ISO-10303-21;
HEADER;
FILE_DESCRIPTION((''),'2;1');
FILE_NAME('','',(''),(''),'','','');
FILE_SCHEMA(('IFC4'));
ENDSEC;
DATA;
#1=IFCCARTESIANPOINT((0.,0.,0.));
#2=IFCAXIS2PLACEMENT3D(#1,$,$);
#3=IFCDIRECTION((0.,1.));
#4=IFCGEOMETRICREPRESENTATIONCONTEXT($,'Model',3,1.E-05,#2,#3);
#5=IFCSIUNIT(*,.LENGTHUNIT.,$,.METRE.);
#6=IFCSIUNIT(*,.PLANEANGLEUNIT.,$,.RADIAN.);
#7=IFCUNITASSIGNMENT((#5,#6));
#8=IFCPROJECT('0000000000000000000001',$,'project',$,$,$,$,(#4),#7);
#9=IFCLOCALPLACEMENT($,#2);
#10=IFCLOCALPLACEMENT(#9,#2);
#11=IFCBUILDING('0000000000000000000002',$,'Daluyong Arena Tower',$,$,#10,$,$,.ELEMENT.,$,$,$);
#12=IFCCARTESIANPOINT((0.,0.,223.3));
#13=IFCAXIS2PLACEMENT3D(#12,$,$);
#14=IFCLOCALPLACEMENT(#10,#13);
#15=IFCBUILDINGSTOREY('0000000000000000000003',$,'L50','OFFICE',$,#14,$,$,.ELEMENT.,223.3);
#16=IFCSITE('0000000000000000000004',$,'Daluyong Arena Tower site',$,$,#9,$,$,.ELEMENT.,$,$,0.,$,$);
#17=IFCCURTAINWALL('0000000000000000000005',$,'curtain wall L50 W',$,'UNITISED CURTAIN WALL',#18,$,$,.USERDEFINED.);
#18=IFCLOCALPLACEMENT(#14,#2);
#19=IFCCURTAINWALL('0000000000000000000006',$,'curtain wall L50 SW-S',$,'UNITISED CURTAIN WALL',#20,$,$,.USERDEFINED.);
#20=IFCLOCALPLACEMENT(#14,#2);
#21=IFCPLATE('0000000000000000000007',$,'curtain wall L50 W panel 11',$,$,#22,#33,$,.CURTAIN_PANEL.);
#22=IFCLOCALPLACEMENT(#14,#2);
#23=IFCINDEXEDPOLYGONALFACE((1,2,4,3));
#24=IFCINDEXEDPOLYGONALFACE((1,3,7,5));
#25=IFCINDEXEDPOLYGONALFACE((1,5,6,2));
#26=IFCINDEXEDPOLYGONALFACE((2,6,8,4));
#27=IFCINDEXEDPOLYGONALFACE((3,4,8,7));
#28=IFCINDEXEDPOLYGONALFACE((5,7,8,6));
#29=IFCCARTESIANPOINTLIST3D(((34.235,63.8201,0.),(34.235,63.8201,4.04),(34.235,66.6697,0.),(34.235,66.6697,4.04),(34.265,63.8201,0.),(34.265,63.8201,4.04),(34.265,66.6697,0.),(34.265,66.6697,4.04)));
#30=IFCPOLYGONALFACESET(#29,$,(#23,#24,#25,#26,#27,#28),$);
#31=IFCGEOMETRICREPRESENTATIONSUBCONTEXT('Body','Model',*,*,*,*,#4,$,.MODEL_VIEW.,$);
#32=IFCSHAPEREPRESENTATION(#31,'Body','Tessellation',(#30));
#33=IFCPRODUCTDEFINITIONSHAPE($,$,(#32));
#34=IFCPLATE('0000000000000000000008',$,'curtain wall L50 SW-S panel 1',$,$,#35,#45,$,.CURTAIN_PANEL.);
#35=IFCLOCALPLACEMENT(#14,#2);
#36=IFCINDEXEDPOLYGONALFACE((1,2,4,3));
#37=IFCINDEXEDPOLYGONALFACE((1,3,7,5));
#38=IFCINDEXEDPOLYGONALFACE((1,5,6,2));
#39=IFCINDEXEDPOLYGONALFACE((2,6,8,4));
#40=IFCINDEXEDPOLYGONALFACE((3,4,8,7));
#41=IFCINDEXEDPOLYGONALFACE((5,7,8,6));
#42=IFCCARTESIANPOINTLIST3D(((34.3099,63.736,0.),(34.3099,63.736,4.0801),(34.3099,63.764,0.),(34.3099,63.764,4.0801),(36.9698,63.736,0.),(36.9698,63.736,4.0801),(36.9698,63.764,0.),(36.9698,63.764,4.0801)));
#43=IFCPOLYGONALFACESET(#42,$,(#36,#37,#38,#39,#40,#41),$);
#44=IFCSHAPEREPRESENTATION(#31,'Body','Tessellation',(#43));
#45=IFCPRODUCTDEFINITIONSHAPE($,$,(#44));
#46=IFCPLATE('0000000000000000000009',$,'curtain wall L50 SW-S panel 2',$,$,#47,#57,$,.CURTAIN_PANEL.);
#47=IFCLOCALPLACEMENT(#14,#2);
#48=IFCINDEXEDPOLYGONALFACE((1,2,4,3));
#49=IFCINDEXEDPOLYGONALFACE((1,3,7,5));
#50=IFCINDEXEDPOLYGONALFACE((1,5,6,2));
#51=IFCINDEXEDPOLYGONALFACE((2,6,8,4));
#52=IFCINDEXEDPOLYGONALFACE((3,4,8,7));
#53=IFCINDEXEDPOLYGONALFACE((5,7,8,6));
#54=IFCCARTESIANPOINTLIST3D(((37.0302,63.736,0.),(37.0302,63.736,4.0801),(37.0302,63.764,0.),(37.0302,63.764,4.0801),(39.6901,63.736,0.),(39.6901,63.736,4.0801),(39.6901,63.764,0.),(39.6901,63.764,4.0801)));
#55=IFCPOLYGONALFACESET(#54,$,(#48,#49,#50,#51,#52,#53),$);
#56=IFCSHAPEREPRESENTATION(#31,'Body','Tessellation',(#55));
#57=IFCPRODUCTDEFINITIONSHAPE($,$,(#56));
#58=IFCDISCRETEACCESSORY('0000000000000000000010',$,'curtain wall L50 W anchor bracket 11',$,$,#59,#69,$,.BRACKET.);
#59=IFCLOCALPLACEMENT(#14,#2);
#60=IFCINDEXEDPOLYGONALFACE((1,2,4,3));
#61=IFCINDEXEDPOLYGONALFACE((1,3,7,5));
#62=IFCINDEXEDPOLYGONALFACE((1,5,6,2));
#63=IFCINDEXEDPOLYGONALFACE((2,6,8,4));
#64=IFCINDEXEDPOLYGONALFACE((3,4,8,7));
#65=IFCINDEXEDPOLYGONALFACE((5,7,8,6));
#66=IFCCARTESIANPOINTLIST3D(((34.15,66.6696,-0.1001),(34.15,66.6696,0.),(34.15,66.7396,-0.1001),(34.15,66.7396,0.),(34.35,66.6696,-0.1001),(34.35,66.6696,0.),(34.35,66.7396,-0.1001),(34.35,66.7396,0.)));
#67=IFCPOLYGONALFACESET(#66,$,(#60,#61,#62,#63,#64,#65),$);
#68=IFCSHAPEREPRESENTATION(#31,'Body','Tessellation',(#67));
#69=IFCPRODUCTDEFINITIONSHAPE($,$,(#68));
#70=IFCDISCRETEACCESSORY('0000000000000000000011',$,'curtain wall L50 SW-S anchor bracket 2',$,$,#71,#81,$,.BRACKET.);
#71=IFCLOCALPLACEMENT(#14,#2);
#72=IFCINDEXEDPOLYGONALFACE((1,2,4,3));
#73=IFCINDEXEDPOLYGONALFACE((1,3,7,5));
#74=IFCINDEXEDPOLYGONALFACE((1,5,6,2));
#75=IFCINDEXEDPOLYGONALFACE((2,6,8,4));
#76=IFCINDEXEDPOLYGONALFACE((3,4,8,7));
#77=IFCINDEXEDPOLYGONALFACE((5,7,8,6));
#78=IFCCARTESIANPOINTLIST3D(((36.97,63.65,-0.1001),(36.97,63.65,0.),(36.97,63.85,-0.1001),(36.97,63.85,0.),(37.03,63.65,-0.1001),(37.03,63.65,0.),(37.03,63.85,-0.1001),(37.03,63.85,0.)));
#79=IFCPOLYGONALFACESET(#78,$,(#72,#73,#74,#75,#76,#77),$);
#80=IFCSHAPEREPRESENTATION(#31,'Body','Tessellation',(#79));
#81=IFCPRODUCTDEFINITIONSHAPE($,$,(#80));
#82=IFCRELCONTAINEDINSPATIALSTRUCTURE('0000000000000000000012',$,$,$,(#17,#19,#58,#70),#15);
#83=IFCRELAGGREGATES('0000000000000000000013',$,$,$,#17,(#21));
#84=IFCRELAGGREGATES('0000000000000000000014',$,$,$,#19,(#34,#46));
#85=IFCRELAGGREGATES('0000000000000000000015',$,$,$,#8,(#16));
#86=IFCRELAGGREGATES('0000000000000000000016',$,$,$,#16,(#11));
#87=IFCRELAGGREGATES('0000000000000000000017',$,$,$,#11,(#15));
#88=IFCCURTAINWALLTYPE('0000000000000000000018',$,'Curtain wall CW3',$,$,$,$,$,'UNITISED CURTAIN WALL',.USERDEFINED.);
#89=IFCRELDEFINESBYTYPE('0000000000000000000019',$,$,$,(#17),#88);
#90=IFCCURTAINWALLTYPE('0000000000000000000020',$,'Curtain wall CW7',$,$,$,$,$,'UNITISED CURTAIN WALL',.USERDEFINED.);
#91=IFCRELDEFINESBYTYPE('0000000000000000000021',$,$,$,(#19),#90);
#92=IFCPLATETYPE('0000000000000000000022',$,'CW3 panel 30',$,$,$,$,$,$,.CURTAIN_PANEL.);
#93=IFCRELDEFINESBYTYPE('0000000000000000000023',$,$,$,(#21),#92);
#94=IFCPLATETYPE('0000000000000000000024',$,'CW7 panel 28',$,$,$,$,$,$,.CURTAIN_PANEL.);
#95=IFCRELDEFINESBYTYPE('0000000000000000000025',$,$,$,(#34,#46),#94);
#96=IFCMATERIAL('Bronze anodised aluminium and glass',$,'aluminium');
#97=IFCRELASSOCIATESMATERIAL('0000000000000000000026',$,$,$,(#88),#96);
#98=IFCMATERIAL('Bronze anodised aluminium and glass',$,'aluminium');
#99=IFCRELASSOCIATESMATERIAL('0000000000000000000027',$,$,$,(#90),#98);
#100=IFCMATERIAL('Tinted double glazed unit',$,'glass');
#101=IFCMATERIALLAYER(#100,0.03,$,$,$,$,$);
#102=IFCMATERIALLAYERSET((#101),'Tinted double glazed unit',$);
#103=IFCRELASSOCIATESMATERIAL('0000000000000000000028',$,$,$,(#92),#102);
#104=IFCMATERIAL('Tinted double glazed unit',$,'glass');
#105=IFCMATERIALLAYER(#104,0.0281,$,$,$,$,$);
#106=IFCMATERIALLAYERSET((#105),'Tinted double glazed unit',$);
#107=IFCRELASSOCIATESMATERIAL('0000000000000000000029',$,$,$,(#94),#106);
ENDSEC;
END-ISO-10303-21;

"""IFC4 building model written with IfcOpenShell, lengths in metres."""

from ifc_helpers import new_model, si_unit, direction, frame, origin, origin_2d, place, context, subcontext, project, spatial, rectangle, extrude, material, layer, layer_set, type_object, element, aggregate, save


model = new_model("IFC4")

# Units and contexts
model_context = context("Model", 3, precision=1e-05, world=origin(), true_north=direction((0.0, 1.0)))
body_context = subcontext(model_context, "Body", "Model", "MODEL_VIEW")
ifc_project = project(units=[si_unit("LENGTHUNIT", "METRE"), si_unit("PLANEANGLEUNIT", "RADIAN")], contexts=[model_context])

# Site, building, storey
site_placement = place(None, origin())
site = spatial("IfcSite", under=ifc_project, at=site_placement, Name="Daluyong Arena Tower site", CompositionType="ELEMENT", RefElevation=0.0)
building_placement = place(site_placement, origin())
building = spatial("IfcBuilding", under=site, at=building_placement, Name="Daluyong Arena Tower", CompositionType="ELEMENT")
storey_placement = place(building_placement, frame((0.0, 0.0, 223.3)))
storey = spatial("IfcBuildingStorey", under=building, at=storey_placement, Name="L50", Description="OFFICE", CompositionType="ELEMENT", Elevation=223.3)

# Curtain walls
ifc_material_1 = material(Name="Bronze anodised aluminium and glass", Category="aluminium")
curtain_wall_type_1 = type_object("IfcCurtainWallType", Name="Curtain wall CW3", ElementType="UNITISED CURTAIN WALL", PredefinedType="USERDEFINED", material=ifc_material_1)
curtain_wall_1_placement = place(storey_placement, origin())
curtain_wall_1 = element("IfcCurtainWall", 1, at=curtain_wall_1_placement, inside=storey, type_object=curtain_wall_type_1, Name="curtain wall L50 W", ObjectType="UNITISED CURTAIN WALL", PredefinedType="USERDEFINED")
ifc_material_2 = material(Name="Bronze anodised aluminium and glass", Category="aluminium")
curtain_wall_type_2 = type_object("IfcCurtainWallType", Name="Curtain wall CW7", ElementType="UNITISED CURTAIN WALL", PredefinedType="USERDEFINED", material=ifc_material_2)
curtain_wall_2_placement = place(storey_placement, origin())
curtain_wall_2 = element("IfcCurtainWall", 2, at=curtain_wall_2_placement, inside=storey, type_object=curtain_wall_type_2, Name="curtain wall L50 SW-S", ObjectType="UNITISED CURTAIN WALL", PredefinedType="USERDEFINED")

# Plates
ifc_material_3 = material(Name="Tinted double glazed unit", Category="glass")
ifc_layer_1 = layer(ifc_material_3, 0.03)
ifc_layer_set_1 = layer_set([ifc_layer_1], Name="Tinted double glazed unit")
plate_type_1 = type_object("IfcPlateType", Name="CW3 panel 30", PredefinedType="CURTAIN_PANEL", material=ifc_layer_set_1)
plate_1_placement = place(storey_placement, frame((34.25, 65.2449, 0.0), z_axis=(0.0, 0.0, 1.0), x_axis=(0.0, -1.0, 0.0)))
plate_1 = element("IfcPlate", 3, at=plate_1_placement, type_object=plate_type_1, Name="curtain wall L50 W panel 11", PredefinedType="CURTAIN_PANEL", context=body_context, shape_type="SweptSolid", body=[
    extrude(rectangle(XDim=2.8496, YDim=0.03, at=origin_2d()), origin(), (0.0, 0.0, 1.0), 4.04),
])
aggregate(curtain_wall_1, [plate_1])
ifc_material_4 = material(Name="Tinted double glazed unit", Category="glass")
ifc_layer_2 = layer(ifc_material_4, 0.0281)
ifc_layer_set_2 = layer_set([ifc_layer_2], Name="Tinted double glazed unit")
plate_type_2 = type_object("IfcPlateType", Name="CW7 panel 28", PredefinedType="CURTAIN_PANEL", material=ifc_layer_set_2)
plate_2_placement = place(storey_placement, frame((35.6399, 63.75, 0.0), z_axis=(0.0, 0.0, 1.0), x_axis=(1.0, 0.0, 0.0)))
plate_2 = element("IfcPlate", 4, at=plate_2_placement, type_object=plate_type_2, Name="curtain wall L50 SW-S panel 1", PredefinedType="CURTAIN_PANEL", context=body_context, shape_type="SweptSolid", body=[
    extrude(rectangle(XDim=2.6599, YDim=0.0281, at=origin_2d()), origin(), (0.0, 0.0, 1.0), 4.0801),
])
plate_3_placement = place(storey_placement, frame((38.3601, 63.75, 0.0), z_axis=(0.0, 0.0, 1.0), x_axis=(1.0, 0.0, 0.0)))
plate_3 = element("IfcPlate", 5, at=plate_3_placement, type_object=plate_type_2, Name="curtain wall L50 SW-S panel 2", PredefinedType="CURTAIN_PANEL", context=body_context, shape_type="SweptSolid", body=[
    extrude(rectangle(XDim=2.6599, YDim=0.0281, at=origin_2d()), origin(), (0.0, 0.0, 1.0), 4.0801),
])
aggregate(curtain_wall_2, [plate_2, plate_3])

# Discrete accessories
discrete_accessory_1_placement = place(storey_placement, frame((34.25, 66.7046, -0.1001), z_axis=(0.0, 0.0, 1.0), x_axis=(0.0, -1.0, 0.0)))
element("IfcDiscreteAccessory", 6, at=discrete_accessory_1_placement, inside=storey, Name="curtain wall L50 W anchor bracket 11", PredefinedType="BRACKET", context=body_context, shape_type="SweptSolid", body=[
    extrude(rectangle(XDim=0.0701, YDim=0.2, at=origin_2d()), origin(), (0.0, 0.0, 1.0), 0.1001),
])
discrete_accessory_2_placement = place(storey_placement, frame((37.0, 63.75, -0.1001), z_axis=(0.0, 0.0, 1.0), x_axis=(1.0, 0.0, 0.0)))
element("IfcDiscreteAccessory", 7, at=discrete_accessory_2_placement, inside=storey, Name="curtain wall L50 SW-S anchor bracket 2", PredefinedType="BRACKET", context=body_context, shape_type="SweptSolid", body=[
    extrude(rectangle(XDim=0.0601, YDim=0.2, at=origin_2d()), origin(), (0.0, 0.0, 1.0), 0.1001),
])

save(model, "model.ifc")
